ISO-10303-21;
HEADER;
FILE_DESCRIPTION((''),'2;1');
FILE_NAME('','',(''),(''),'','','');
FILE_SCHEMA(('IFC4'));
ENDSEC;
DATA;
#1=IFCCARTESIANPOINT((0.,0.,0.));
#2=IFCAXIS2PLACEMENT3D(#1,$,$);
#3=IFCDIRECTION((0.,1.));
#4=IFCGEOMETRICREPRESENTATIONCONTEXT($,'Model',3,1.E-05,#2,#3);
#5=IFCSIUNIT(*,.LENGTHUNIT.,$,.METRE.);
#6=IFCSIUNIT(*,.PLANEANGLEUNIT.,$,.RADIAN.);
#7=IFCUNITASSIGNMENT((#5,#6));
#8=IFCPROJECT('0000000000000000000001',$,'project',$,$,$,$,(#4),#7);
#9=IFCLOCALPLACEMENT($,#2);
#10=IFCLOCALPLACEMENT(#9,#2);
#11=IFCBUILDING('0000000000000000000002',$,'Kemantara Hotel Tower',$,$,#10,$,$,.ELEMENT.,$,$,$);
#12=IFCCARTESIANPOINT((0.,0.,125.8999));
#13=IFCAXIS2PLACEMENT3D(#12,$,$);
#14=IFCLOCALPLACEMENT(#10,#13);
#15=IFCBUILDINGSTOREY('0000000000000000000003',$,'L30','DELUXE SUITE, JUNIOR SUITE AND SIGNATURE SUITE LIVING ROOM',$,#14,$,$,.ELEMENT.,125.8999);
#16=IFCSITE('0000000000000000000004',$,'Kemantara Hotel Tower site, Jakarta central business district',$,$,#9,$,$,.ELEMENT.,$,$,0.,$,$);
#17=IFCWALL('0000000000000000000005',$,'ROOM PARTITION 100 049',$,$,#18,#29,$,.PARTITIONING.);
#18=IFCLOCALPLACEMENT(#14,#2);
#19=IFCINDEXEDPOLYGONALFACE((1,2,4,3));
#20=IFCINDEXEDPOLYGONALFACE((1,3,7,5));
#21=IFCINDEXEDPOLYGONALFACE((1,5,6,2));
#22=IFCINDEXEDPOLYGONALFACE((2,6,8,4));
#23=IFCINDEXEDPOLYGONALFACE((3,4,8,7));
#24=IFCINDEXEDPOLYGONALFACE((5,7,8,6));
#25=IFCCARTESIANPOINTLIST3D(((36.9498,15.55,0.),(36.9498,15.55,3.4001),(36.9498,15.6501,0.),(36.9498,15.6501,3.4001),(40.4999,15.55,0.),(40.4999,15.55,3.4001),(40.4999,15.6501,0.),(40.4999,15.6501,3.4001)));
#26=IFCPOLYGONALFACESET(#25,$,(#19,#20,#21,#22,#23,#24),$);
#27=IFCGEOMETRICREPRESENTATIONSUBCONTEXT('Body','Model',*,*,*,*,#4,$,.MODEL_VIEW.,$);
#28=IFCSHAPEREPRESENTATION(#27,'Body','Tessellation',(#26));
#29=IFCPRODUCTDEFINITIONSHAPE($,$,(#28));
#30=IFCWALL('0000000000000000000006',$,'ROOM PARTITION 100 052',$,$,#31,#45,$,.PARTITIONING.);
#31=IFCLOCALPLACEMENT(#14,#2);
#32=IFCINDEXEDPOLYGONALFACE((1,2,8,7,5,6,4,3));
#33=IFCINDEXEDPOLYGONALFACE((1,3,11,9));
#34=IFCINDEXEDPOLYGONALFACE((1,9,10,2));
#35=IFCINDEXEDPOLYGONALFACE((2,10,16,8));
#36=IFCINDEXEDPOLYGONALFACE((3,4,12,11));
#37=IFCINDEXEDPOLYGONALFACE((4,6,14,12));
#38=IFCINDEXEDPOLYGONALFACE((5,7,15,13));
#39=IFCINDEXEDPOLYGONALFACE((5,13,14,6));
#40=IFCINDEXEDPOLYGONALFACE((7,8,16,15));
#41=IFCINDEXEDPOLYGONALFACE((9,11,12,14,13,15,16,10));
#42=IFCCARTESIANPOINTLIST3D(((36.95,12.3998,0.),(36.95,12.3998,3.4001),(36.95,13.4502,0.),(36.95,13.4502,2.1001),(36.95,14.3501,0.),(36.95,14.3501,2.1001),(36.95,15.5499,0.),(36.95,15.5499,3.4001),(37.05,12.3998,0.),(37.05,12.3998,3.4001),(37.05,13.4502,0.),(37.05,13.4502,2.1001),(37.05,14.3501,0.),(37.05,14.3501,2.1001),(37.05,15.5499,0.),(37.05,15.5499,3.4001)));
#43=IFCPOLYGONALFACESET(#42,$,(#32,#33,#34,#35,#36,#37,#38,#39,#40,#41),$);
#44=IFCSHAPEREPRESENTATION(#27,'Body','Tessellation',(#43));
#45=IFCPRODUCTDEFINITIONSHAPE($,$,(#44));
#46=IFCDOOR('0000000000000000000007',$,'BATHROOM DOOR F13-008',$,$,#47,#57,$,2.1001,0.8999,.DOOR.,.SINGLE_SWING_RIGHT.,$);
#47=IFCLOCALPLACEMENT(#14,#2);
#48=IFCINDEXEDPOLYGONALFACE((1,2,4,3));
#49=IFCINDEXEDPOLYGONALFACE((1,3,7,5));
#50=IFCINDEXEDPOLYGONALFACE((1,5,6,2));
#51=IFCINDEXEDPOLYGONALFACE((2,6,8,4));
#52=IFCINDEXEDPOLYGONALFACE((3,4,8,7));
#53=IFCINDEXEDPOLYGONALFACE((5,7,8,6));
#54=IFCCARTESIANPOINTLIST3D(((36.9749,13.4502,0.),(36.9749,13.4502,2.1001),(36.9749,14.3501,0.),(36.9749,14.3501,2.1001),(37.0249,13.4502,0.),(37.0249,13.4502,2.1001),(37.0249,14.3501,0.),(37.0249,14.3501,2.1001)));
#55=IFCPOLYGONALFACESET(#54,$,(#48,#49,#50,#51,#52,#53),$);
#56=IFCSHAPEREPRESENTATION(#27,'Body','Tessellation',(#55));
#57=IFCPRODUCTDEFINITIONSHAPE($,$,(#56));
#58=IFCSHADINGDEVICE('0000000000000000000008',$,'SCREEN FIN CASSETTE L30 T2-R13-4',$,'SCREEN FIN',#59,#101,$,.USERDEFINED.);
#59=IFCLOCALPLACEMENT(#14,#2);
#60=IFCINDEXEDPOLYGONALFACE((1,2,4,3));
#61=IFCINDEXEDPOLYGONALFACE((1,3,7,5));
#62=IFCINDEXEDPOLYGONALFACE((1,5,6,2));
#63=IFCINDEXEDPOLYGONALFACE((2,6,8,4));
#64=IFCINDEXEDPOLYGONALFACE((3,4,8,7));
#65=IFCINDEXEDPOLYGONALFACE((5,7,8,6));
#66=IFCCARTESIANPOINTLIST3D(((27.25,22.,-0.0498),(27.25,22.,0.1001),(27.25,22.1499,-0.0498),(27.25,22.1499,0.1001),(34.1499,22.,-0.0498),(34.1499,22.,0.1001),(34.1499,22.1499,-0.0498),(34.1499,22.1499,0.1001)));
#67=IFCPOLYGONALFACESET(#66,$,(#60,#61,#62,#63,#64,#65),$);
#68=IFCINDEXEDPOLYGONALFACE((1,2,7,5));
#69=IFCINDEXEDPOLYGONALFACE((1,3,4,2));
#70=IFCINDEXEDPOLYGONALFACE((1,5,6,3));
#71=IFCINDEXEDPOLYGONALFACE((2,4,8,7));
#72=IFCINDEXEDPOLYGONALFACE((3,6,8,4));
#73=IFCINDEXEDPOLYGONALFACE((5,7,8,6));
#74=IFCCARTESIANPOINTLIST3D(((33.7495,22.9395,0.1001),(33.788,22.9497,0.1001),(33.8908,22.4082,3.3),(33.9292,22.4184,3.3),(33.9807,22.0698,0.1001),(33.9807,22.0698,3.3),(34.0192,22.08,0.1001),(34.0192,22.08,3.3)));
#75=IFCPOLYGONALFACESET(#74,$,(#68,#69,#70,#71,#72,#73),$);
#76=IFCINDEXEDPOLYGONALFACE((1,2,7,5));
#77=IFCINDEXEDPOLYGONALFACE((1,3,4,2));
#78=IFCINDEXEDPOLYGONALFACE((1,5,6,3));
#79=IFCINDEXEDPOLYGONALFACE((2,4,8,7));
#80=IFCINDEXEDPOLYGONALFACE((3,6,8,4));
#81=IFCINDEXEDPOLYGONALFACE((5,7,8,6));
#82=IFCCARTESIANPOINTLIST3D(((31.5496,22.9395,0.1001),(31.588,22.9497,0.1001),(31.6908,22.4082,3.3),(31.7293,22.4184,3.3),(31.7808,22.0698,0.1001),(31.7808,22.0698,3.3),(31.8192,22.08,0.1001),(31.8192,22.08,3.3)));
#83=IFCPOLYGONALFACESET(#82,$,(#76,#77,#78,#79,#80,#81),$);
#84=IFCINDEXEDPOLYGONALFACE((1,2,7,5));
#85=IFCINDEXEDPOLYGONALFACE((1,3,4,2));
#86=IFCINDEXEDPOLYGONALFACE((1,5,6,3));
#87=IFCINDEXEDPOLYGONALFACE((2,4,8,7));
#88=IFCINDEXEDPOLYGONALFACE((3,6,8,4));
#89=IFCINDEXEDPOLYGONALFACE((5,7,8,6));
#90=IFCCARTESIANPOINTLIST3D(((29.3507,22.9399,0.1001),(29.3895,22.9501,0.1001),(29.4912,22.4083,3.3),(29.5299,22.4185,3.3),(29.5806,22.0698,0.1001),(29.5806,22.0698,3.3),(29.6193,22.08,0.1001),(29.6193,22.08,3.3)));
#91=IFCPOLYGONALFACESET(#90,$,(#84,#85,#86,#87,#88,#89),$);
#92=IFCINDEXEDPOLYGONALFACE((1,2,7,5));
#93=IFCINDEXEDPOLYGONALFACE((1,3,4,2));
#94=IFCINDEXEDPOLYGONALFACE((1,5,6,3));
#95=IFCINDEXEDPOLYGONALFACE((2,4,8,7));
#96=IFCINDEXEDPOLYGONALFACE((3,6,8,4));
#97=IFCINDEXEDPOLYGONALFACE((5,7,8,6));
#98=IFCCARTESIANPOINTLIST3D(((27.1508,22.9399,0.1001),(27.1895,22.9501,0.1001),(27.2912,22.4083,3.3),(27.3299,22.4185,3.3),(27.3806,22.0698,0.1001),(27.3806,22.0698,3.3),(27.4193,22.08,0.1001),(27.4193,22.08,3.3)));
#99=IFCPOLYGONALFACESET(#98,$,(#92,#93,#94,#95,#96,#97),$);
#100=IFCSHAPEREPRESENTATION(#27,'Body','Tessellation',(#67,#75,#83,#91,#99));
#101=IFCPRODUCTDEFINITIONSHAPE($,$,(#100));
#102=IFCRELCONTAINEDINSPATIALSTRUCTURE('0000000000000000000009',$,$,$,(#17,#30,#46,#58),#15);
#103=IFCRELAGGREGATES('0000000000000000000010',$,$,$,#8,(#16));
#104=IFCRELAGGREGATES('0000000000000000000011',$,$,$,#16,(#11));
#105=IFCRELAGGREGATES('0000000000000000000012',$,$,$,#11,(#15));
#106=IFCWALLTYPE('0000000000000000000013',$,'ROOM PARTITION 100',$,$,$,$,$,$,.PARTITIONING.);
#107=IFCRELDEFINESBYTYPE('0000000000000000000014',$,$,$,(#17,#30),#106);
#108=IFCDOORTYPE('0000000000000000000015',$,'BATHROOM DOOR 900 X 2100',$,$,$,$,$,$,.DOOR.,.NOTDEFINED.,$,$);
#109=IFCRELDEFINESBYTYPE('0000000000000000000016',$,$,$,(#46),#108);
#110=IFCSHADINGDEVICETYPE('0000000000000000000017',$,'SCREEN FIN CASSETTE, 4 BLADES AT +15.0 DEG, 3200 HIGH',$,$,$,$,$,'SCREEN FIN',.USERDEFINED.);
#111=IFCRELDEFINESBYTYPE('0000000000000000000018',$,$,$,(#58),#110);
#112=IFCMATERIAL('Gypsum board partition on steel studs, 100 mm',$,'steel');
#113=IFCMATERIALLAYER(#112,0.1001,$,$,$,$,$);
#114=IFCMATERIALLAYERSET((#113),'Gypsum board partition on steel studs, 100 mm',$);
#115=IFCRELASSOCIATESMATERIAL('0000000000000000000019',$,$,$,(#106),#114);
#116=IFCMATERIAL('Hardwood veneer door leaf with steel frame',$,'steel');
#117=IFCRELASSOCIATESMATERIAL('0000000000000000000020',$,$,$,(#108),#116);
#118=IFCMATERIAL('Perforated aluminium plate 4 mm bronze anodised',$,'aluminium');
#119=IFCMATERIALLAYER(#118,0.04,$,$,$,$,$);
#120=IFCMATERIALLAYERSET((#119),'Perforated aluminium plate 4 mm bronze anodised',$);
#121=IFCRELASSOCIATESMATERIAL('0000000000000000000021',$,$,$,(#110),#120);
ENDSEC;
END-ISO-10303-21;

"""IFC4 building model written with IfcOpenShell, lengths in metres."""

from ifc_helpers import new_model, si_unit, direction, frame, frame_2d, origin, origin_2d, place, context, subcontext, project, spatial, polyline, rectangle, outline, extrude, source, transform, mapped, material, layer, layer_set, type_object, element, fill, save


model = new_model("IFC4")

# Units and contexts
model_context = context("Model", 3, precision=1e-05, world=origin(), true_north=direction((0.0, 1.0)))
body_context = subcontext(model_context, "Body", "Model", "MODEL_VIEW")
ifc_project = project(units=[si_unit("LENGTHUNIT", "METRE"), si_unit("PLANEANGLEUNIT", "RADIAN")], contexts=[model_context])

# Site, building, storey
site_placement = place(None, origin())
site = spatial("IfcSite", under=ifc_project, at=site_placement, Name="Kemantara Hotel Tower site, Jakarta central business district", CompositionType="ELEMENT", RefElevation=0.0)
building_placement = place(site_placement, origin())
building = spatial("IfcBuilding", under=site, at=building_placement, Name="Kemantara Hotel Tower", CompositionType="ELEMENT")
storey_placement = place(building_placement, frame((0.0, 0.0, 125.8999)))
storey = spatial("IfcBuildingStorey", under=building, at=storey_placement, Name="L30", Description="DELUXE SUITE, JUNIOR SUITE AND SIGNATURE SUITE LIVING ROOM", CompositionType="ELEMENT", Elevation=125.8999)

# Shared definitions
ifc_material_1 = material(Name="Hardwood veneer door leaf with steel frame", Category="steel")

# Shared definitions
ifc_material_2 = material(Name="Gypsum board partition on steel studs, 100 mm", Category="steel")
ifc_layer_1 = layer(ifc_material_2, 0.1001)
ifc_layer_set_1 = layer_set([ifc_layer_1], Name="Gypsum board partition on steel studs, 100 mm")
wall_type_1 = type_object("IfcWallType", Name="ROOM PARTITION 100", PredefinedType="PARTITIONING", material=ifc_layer_set_1)

# Wall
wall_1_placement = place(storey_placement, frame((36.95, 15.6001, 0.0), z_axis=(0.0, 0.0, 1.0), x_axis=(1.0, 0.0, 0.0)))
element("IfcWall", 1, at=wall_1_placement, inside=storey, type_object=wall_type_1, Name="ROOM PARTITION 100 049", PredefinedType="PARTITIONING", context=body_context, shape_type="SweptSolid", body=[
    extrude(rectangle(XDim=3.55, YDim=0.1001, at=frame_2d((1.7749, 0.0))), origin(), (0.0, 0.0, 1.0), 3.4001),
])

# Wall, opening, door
wall_2_placement = place(storey_placement, frame((37.0, 15.55, 0.0), z_axis=(0.0, 0.0, 1.0), x_axis=(0.0, -1.0, 0.0)))
wall_2 = element("IfcWall", 2, at=wall_2_placement, inside=storey, type_object=wall_type_1, Name="ROOM PARTITION 100 052", PredefinedType="PARTITIONING", context=body_context, shape_type="SweptSolid", body=[
    extrude(rectangle(XDim=3.1501, YDim=0.1001, at=frame_2d((1.5752, 0.0))), origin(), (0.0, 0.0, 1.0), 3.4001),
])
opening_1_placement = place(wall_2_placement, frame((1.2, 0.0, 0.0)))
opening_1 = element("IfcOpeningElement", 3, at=opening_1_placement, cuts=wall_2, PredefinedType="OPENING", context=body_context, shape_type="SweptSolid", body=[
    extrude(rectangle(XDim=0.8999, YDim=2.1001, at=frame_2d((0.45, 1.05))), frame((0.0, 0.0601, 0.0), z_axis=(0.0, -1.0, 0.0), x_axis=(1.0, 0.0, 0.0)), (0.0, 0.0, 1.0), 0.1201),
])
door_type_1 = type_object("IfcDoorType", Name="BATHROOM DOOR 900 X 2100", OperationType="NOTDEFINED", PredefinedType="DOOR", material=ifc_material_1)
door_1_placement = place(opening_1_placement, origin())
door_1 = element("IfcDoor", 4, at=door_1_placement, inside=storey, type_object=door_type_1, Name="BATHROOM DOOR F13-008", OperationType="SINGLE_SWING_RIGHT", OverallHeight=2.1001, OverallWidth=0.8999, PredefinedType="DOOR", context=body_context, shape_type="SweptSolid", body=[
    extrude(rectangle(XDim=0.8999, YDim=2.1001, at=frame_2d((0.45, 1.05))), frame((0.0, 0.0249, 0.0), z_axis=(0.0, -1.0, 0.0), x_axis=(1.0, 0.0, 0.0)), (0.0, 0.0, 1.0), 0.05),
])
fill(opening_1, door_1)

# Shading device
ifc_material_3 = material(Name="Perforated aluminium plate 4 mm bronze anodised", Category="aluminium")
ifc_layer_2 = layer(ifc_material_3, 0.04)
ifc_layer_set_2 = layer_set([ifc_layer_2], Name="Perforated aluminium plate 4 mm bronze anodised")
shading_device_type = type_object("IfcShadingDeviceType", Name="SCREEN FIN CASSETTE, 4 BLADES AT +15.0 DEG, 3200 HIGH", ElementType="SCREEN FIN", PredefinedType="USERDEFINED", material=ifc_layer_set_2)
shared_shape_1 = source(origin(), body_context, "Body", "SweptSolid", [
    extrude(rectangle(XDim=6.8999, YDim=0.1499, at=origin_2d()), frame((3.3, -0.075, -0.1499), z_axis=(0.0, 0.0, 1.0), x_axis=(1.0, 0.0, 0.0)), (0.0, 0.0, 1.0), 0.1499),
    extrude(outline(polyline([(0.0, 0.0), (0.8999, 0.0), (0.3501, 3.2), (0.0, 3.2), (0.0, 0.0)])), frame((0.0193, -0.0698, 0.0), z_axis=(-0.966438, -0.256901, 0.0), x_axis=(0.256901, -0.966438, 0.0)), (0.0, 0.0, 1.0), 0.0398),
    extrude(outline(polyline([(0.0, 0.0), (0.8999, 0.0), (0.3501, 3.2), (0.0, 3.2), (0.0, 0.0)])), frame((2.2192, -0.0698, 0.0), z_axis=(-0.966438, -0.256901, 0.0), x_axis=(0.256901, -0.966438, 0.0)), (0.0, 0.0, 1.0), 0.0398),
    extrude(outline(polyline([(0.0, 0.0), (0.8999, 0.0), (0.3501, 3.2), (0.0, 3.2), (0.0, 0.0)])), frame((4.4194, -0.0698, 0.0), z_axis=(-0.966838, -0.255391, 0.0), x_axis=(0.255391, -0.966838, 0.0)), (0.0, 0.0, 1.0), 0.04),
    extrude(outline(polyline([(0.0, 0.0), (0.8999, 0.0), (0.3501, 3.2), (0.0, 3.2), (0.0, 0.0)])), frame((6.6194, -0.0698, 0.0), z_axis=(-0.966838, -0.255391, 0.0), x_axis=(0.255391, -0.966838, 0.0)), (0.0, 0.0, 1.0), 0.04),
])
shading_device_placement = place(storey_placement, frame((34.0, 22.0, 0.1001), z_axis=(0.0, 0.0, 1.0), x_axis=(-1.0, 0.0, 0.0)))
element("IfcShadingDevice", 5, at=shading_device_placement, inside=storey, type_object=shading_device_type, Name="SCREEN FIN CASSETTE L30 T2-R13-4", ObjectType="SCREEN FIN", PredefinedType="USERDEFINED", context=body_context, shape_type="MappedRepresentation", body=[
    mapped(shared_shape_1, transform((0.0, 0.0, 0.0))),
])

save(model, "model.ifc")
